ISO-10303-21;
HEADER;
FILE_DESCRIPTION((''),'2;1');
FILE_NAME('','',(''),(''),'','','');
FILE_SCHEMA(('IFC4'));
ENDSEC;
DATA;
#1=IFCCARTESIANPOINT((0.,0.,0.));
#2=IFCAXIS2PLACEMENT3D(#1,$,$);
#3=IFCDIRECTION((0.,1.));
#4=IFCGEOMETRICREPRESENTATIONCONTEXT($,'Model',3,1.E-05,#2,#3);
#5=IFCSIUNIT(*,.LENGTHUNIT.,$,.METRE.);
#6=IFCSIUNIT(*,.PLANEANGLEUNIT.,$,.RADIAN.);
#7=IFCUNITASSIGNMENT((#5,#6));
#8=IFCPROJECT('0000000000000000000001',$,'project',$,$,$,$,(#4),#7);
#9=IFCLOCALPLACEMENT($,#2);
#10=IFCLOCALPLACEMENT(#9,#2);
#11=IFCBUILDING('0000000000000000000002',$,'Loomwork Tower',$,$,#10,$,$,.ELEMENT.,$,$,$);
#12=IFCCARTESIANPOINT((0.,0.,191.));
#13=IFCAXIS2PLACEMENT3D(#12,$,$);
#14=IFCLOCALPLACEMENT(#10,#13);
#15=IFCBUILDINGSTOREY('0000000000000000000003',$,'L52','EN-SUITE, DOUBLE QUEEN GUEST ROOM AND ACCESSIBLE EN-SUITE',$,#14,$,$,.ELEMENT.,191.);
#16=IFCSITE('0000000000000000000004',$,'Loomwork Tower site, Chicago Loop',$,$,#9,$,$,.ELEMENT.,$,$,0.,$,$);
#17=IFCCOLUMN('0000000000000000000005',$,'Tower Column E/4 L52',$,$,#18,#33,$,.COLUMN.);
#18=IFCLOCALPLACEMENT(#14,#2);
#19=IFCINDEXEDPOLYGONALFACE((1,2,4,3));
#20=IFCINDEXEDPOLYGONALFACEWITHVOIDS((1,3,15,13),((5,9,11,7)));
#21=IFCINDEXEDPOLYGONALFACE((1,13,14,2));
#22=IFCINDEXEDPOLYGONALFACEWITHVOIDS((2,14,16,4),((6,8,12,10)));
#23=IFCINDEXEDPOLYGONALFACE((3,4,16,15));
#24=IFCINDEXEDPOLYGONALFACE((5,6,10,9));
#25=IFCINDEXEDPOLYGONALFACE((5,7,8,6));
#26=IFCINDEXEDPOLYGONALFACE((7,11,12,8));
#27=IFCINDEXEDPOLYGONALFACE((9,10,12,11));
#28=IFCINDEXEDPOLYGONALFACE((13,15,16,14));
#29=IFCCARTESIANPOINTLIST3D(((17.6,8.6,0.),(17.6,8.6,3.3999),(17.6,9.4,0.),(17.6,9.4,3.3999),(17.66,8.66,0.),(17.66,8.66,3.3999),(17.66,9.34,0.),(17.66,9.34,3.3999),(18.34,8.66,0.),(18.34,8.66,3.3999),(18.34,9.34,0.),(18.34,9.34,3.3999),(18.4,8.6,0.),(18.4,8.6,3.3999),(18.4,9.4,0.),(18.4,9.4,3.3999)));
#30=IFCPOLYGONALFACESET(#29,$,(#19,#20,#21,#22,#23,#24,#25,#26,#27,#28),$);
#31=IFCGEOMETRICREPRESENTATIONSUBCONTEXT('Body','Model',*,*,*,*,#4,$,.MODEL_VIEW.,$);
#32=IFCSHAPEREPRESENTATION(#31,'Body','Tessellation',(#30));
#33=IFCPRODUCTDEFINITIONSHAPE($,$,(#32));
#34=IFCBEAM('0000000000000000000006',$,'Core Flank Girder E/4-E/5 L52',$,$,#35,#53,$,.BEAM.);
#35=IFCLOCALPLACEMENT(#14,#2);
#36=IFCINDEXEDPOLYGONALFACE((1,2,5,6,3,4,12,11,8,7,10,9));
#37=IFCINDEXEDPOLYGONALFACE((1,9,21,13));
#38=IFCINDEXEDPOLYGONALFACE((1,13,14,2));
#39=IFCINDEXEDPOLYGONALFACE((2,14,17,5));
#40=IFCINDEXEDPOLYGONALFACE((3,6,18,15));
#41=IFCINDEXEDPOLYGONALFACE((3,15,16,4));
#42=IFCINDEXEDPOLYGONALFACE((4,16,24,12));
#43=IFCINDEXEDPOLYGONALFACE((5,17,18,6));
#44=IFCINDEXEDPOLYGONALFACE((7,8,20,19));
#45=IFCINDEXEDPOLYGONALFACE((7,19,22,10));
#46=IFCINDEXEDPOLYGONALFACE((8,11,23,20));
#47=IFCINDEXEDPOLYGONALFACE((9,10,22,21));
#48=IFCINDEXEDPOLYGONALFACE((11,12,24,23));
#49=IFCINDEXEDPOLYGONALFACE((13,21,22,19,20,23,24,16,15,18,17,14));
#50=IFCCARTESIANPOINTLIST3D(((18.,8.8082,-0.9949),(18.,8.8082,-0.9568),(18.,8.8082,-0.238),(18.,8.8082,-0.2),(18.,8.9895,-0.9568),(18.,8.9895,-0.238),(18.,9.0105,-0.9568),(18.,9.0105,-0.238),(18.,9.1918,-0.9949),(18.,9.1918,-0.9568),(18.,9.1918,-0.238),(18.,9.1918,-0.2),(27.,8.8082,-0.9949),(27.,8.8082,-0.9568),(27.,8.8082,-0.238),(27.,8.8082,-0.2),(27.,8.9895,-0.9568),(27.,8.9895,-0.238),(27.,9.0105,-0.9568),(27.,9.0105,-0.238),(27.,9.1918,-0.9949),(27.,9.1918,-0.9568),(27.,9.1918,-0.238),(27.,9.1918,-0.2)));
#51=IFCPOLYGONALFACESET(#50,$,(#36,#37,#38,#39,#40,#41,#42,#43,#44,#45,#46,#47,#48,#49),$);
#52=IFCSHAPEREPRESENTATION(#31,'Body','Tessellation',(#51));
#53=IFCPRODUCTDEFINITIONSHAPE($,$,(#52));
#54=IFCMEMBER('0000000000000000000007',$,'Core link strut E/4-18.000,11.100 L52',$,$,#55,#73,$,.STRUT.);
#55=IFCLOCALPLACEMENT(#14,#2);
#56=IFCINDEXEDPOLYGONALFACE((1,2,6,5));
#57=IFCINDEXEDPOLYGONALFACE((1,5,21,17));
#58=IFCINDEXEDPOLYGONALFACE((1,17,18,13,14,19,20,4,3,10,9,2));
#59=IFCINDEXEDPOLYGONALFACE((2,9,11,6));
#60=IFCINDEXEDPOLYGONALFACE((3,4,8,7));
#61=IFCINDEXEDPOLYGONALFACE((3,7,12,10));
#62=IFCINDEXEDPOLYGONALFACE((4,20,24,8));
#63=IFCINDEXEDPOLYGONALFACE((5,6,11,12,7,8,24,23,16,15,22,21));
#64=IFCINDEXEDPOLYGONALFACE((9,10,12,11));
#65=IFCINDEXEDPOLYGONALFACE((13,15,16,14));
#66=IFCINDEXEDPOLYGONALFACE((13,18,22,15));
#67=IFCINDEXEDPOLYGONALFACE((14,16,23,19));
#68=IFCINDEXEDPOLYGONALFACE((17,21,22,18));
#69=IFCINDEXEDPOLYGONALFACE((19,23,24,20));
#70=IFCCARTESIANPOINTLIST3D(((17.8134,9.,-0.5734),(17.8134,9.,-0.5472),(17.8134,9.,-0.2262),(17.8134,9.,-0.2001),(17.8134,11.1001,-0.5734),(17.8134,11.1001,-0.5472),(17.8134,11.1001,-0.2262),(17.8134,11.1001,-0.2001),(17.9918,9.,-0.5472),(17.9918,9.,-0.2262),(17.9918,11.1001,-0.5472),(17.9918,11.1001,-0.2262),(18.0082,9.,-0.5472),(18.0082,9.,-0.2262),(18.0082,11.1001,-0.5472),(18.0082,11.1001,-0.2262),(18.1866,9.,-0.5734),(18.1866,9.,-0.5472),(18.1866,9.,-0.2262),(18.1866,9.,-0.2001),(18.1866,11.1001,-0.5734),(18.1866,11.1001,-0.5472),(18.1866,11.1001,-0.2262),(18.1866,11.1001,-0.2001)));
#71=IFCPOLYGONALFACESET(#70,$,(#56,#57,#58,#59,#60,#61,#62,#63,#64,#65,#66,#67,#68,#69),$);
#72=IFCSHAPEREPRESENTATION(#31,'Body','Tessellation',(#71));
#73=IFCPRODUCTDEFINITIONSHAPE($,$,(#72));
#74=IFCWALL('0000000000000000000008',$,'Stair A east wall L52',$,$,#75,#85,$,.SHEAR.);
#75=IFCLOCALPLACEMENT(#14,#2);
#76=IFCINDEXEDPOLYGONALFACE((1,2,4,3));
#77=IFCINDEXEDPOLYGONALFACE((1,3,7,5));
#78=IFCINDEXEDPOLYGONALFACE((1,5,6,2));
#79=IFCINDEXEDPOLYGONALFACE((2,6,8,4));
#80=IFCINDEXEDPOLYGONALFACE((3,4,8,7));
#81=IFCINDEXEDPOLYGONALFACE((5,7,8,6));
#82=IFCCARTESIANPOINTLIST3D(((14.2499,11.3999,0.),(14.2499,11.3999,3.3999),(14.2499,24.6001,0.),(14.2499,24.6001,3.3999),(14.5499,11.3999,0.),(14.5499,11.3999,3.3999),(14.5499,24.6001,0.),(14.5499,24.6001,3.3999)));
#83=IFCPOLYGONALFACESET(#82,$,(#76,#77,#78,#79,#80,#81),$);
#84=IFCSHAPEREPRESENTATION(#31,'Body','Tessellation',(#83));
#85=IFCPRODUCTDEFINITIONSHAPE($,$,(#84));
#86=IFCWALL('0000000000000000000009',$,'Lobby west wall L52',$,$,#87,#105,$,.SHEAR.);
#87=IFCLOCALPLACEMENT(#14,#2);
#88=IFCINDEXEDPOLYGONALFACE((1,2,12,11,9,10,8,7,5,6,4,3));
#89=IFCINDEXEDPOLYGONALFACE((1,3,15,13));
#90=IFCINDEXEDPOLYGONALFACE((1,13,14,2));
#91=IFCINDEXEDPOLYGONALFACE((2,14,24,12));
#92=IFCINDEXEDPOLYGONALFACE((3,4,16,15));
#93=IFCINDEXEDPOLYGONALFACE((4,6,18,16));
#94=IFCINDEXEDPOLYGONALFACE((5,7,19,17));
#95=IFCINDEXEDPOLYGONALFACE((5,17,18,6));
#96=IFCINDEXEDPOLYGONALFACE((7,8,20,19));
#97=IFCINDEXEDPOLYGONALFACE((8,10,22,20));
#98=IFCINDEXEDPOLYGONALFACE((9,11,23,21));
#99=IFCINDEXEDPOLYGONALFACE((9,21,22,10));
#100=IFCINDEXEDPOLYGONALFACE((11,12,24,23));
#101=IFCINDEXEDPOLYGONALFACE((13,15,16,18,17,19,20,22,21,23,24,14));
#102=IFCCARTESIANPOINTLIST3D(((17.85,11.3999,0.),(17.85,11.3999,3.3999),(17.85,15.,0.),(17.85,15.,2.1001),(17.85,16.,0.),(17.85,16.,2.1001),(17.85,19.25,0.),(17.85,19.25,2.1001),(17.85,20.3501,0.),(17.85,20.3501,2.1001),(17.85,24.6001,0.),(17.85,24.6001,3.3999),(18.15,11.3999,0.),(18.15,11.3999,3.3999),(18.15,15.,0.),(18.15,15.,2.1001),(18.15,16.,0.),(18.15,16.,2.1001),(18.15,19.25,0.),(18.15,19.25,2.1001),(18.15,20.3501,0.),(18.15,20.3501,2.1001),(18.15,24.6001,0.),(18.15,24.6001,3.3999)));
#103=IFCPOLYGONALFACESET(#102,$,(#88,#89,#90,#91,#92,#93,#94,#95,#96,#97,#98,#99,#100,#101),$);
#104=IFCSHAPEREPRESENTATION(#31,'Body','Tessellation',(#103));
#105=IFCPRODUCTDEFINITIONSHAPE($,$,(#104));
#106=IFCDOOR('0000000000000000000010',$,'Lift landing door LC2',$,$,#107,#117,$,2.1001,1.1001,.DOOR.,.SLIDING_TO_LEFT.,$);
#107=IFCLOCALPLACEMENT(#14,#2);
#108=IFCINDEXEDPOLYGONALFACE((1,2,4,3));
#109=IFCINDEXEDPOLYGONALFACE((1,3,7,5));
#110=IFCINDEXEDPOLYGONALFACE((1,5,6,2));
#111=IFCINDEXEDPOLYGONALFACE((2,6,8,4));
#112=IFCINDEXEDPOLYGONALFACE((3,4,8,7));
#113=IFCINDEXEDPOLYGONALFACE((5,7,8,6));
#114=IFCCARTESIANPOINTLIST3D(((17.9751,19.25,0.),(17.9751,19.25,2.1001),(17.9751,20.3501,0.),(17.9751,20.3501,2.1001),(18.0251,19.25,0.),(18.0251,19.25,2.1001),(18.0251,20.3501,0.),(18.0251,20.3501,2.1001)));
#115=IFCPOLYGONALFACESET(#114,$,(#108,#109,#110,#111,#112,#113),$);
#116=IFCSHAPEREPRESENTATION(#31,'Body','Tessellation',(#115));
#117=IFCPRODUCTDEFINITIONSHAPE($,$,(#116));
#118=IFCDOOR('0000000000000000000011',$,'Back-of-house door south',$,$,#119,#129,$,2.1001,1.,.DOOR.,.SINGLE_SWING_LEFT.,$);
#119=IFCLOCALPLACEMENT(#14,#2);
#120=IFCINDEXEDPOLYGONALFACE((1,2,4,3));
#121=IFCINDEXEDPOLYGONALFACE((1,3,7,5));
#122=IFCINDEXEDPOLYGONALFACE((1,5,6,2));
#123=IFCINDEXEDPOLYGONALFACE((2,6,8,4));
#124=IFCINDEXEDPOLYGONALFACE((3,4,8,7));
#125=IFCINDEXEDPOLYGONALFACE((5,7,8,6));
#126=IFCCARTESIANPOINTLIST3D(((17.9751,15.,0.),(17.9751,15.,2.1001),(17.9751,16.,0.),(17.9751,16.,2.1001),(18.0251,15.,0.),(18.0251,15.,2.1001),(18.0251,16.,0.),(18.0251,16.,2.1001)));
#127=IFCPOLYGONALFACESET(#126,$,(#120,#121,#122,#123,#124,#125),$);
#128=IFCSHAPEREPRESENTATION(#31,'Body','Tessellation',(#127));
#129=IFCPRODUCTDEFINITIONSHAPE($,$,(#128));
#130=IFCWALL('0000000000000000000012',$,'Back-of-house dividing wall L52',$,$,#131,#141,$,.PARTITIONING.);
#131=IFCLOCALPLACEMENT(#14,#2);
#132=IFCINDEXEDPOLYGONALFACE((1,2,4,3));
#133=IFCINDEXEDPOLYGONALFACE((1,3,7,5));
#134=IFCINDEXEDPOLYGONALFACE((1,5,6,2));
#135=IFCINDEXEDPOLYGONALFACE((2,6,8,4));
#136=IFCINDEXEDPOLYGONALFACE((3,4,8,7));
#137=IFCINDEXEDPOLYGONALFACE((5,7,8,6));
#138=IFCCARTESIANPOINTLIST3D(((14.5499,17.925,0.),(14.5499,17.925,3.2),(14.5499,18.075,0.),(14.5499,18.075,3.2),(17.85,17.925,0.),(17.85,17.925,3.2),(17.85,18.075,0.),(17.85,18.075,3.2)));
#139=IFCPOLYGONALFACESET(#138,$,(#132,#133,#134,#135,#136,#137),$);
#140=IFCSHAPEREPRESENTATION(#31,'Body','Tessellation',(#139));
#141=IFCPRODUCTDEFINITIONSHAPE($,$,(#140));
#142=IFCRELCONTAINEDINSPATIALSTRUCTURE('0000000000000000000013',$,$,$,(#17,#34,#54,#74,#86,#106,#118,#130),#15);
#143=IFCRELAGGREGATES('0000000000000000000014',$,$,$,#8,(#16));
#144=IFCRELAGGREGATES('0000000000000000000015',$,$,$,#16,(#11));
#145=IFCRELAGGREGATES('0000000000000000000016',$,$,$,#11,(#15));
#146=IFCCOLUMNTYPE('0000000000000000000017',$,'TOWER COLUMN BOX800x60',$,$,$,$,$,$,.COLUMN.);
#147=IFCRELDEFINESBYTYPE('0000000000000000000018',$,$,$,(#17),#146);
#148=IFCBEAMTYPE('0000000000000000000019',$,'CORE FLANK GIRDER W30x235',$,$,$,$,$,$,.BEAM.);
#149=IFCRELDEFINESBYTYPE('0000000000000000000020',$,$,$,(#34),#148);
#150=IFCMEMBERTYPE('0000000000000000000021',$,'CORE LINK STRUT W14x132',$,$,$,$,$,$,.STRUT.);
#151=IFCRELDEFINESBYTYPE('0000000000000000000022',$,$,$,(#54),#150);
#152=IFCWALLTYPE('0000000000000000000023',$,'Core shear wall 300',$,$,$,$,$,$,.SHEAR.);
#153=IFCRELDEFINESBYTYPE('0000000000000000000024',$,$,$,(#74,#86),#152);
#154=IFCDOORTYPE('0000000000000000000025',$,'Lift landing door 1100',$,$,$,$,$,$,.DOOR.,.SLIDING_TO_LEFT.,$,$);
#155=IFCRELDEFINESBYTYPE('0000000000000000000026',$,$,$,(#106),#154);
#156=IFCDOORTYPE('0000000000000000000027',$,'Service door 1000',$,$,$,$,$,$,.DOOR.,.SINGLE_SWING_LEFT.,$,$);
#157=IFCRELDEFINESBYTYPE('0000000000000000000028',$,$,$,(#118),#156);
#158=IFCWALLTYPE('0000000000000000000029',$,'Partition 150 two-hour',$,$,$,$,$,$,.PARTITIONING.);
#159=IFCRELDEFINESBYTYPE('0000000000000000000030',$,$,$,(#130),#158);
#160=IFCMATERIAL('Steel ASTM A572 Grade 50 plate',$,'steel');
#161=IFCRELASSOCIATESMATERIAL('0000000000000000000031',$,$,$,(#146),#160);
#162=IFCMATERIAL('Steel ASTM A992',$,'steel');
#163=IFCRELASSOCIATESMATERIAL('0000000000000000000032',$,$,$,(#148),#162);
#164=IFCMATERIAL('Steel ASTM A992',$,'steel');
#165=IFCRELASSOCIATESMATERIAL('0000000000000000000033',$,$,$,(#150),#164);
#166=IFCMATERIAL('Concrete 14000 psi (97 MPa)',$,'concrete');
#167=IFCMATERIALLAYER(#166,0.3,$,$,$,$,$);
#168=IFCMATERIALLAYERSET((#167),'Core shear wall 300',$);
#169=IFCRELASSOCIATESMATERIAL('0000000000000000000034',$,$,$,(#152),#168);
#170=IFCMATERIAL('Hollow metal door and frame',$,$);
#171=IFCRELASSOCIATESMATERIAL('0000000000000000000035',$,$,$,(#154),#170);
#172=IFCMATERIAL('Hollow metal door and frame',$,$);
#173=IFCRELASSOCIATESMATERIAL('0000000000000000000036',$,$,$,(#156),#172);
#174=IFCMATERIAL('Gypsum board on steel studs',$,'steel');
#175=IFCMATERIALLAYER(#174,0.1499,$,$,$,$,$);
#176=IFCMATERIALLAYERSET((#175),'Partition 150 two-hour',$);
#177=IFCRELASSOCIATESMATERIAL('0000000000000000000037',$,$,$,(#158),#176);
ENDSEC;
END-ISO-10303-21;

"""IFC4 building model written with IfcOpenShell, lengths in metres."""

from ifc_helpers import new_model, si_unit, direction, frame, frame_2d, origin, origin_2d, place, context, subcontext, project, spatial, rectangle, hollow_rectangle, i_section, extrude, material, layer, layer_set, material_profile, profile_set, type_object, element, fill, save


model = new_model("IFC4")

# Units and contexts
model_context = context("Model", 3, precision=1e-05, world=origin(), true_north=direction((0.0, 1.0)))
body_context = subcontext(model_context, "Body", "Model", "MODEL_VIEW")
ifc_project = project(units=[si_unit("LENGTHUNIT", "METRE"), si_unit("PLANEANGLEUNIT", "RADIAN")], contexts=[model_context])

# Site, building, storey
site_placement = place(None, origin())
site = spatial("IfcSite", under=ifc_project, at=site_placement, Name="Loomwork Tower site, Chicago Loop", CompositionType="ELEMENT", RefElevation=0.0)
building_placement = place(site_placement, origin())
building = spatial("IfcBuilding", under=site, at=building_placement, Name="Loomwork Tower", CompositionType="ELEMENT")
storey_placement = place(building_placement, frame((0.0, 0.0, 191.0)))
storey = spatial("IfcBuildingStorey", under=building, at=storey_placement, Name="L52", Description="EN-SUITE, DOUBLE QUEEN GUEST ROOM AND ACCESSIBLE EN-SUITE", CompositionType="ELEMENT", Elevation=191.0)

# Column
ifc_material_1 = material(Name="Steel ASTM A572 Grade 50 plate", Category="steel")
ifc_material_profile_1 = material_profile(ifc_material_1, hollow_rectangle(XDim=0.8, YDim=0.8, WallThickness=0.0601, at=origin_2d()), Name="BOX800x60")
ifc_profile_set_1 = profile_set([ifc_material_profile_1], Name="Steel ASTM A572 Grade 50 plate")
column_type = type_object("IfcColumnType", Name="TOWER COLUMN BOX800x60", PredefinedType="COLUMN", material=ifc_profile_set_1)
column_placement = place(storey_placement, frame((18.0, 9.0, 0.0), z_axis=(0.0, 0.0, 1.0), x_axis=(1.0, 0.0, 0.0)))
element("IfcColumn", 1, at=column_placement, inside=storey, type_object=column_type, Name="Tower Column E/4 L52", PredefinedType="COLUMN", context=body_context, shape_type="SweptSolid", body=[
    extrude(hollow_rectangle(XDim=0.8, YDim=0.8, WallThickness=0.0601, at=origin_2d()), origin(), (0.0, 0.0, 1.0), 3.3999),
])

# Beam
ifc_material_2 = material(Name="Steel ASTM A992", Category="steel")
ifc_material_profile_2 = material_profile(ifc_material_2, i_section(OverallWidth=0.3835, OverallDepth=0.7949, WebThickness=0.021, FlangeThickness=0.0381, at=origin_2d()), Name="W30x235")
ifc_profile_set_2 = profile_set([ifc_material_profile_2], Name="Steel ASTM A992")
beam_type = type_object("IfcBeamType", Name="CORE FLANK GIRDER W30x235", PredefinedType="BEAM", material=ifc_profile_set_2)
beam_placement = place(storey_placement, frame((18.0, 9.0, -0.5974), z_axis=(1.0, 0.0, 0.0), x_axis=(0.0, 1.0, 0.0)))
element("IfcBeam", 2, at=beam_placement, inside=storey, type_object=beam_type, Name="Core Flank Girder E/4-E/5 L52", PredefinedType="BEAM", context=body_context, shape_type="SweptSolid", body=[
    extrude(i_section(OverallWidth=0.3835, OverallDepth=0.7949, WebThickness=0.021, FlangeThickness=0.0381, at=origin_2d()), origin(), (0.0, 0.0, 1.0), 9.0),
])

# Member
ifc_material_3 = material(Name="Steel ASTM A992", Category="steel")
ifc_material_profile_3 = material_profile(ifc_material_3, i_section(OverallWidth=0.3733, OverallDepth=0.3733, WebThickness=0.0164, FlangeThickness=0.0261, at=origin_2d()), Name="W14x132")
ifc_profile_set_3 = profile_set([ifc_material_profile_3], Name="Steel ASTM A992")
member_type = type_object("IfcMemberType", Name="CORE LINK STRUT W14x132", PredefinedType="STRUT", material=ifc_profile_set_3)
member_placement = place(storey_placement, frame((18.0, 9.0, -0.3867), z_axis=(0.0, 1.0, 0.0), x_axis=(-1.0, 0.0, 0.0)))
element("IfcMember", 3, at=member_placement, inside=storey, type_object=member_type, Name="Core link strut E/4-18.000,11.100 L52", PredefinedType="STRUT", context=body_context, shape_type="SweptSolid", body=[
    extrude(i_section(OverallWidth=0.3733, OverallDepth=0.3733, WebThickness=0.0164, FlangeThickness=0.0261, at=origin_2d()), origin(), (0.0, 0.0, 1.0), 2.1001),
])

# Wall
ifc_material_4 = material(Name="Concrete 14000 psi (97 MPa)", Category="concrete")
ifc_layer_1 = layer(ifc_material_4, 0.3)
ifc_layer_set_1 = layer_set([ifc_layer_1], Name="Core shear wall 300")
wall_type_1 = type_object("IfcWallType", Name="Core shear wall 300", PredefinedType="SHEAR", material=ifc_layer_set_1)
wall_1_placement = place(storey_placement, frame((14.3999, 11.3999, 0.0), z_axis=(0.0, 0.0, 1.0), x_axis=(0.0, 1.0, 0.0)))
element("IfcWall", 4, at=wall_1_placement, inside=storey, type_object=wall_type_1, Name="Stair A east wall L52", PredefinedType="SHEAR", context=body_context, shape_type="SweptSolid", body=[
    extrude(rectangle(XDim=13.2002, YDim=0.3, at=frame_2d((6.6001, 0.0))), origin(), (0.0, 0.0, 1.0), 3.3999),
])

# Wall, openings, doors
wall_2_placement = place(storey_placement, frame((18.0, 11.3999, 0.0), z_axis=(0.0, 0.0, 1.0), x_axis=(0.0, 1.0, 0.0)))
wall_2 = element("IfcWall", 5, at=wall_2_placement, inside=storey, type_object=wall_type_1, Name="Lobby west wall L52", PredefinedType="SHEAR", context=body_context, shape_type="SweptSolid", body=[
    extrude(rectangle(XDim=13.2002, YDim=0.3, at=frame_2d((6.6001, 0.0))), origin(), (0.0, 0.0, 1.0), 3.3999),
])
opening_1_placement = place(wall_2_placement, frame((3.6001, 0.0, 0.0)))
opening_1 = element("IfcOpeningElement", 6, at=opening_1_placement, cuts=wall_2, PredefinedType="OPENING", context=body_context, shape_type="SweptSolid", body=[
    extrude(rectangle(XDim=1.0, YDim=2.1001, at=frame_2d((0.5, 1.05))), frame((0.0, 0.1599, 0.0), z_axis=(0.0, -1.0, 0.0), x_axis=(1.0, 0.0, 0.0)), (0.0, 0.0, 1.0), 0.3201),
])
opening_2_placement = place(wall_2_placement, frame((7.8501, 0.0, 0.0)))
opening_2 = element("IfcOpeningElement", 7, at=opening_2_placement, cuts=wall_2, PredefinedType="OPENING", context=body_context, shape_type="SweptSolid", body=[
    extrude(rectangle(XDim=1.1001, YDim=2.1001, at=frame_2d((0.55, 1.05))), frame((0.0, 0.1599, 0.0), z_axis=(0.0, -1.0, 0.0), x_axis=(1.0, 0.0, 0.0)), (0.0, 0.0, 1.0), 0.3201),
])
ifc_material_5 = material(Name="Hollow metal door and frame")
door_type_1 = type_object("IfcDoorType", Name="Lift landing door 1100", OperationType="SLIDING_TO_LEFT", PredefinedType="DOOR", material=ifc_material_5)
door_1_placement = place(opening_2_placement, origin())
door_1 = element("IfcDoor", 8, at=door_1_placement, inside=storey, type_object=door_type_1, Name="Lift landing door LC2", OperationType="SLIDING_TO_LEFT", OverallHeight=2.1001, OverallWidth=1.1001, PredefinedType="DOOR", context=body_context, shape_type="SweptSolid", body=[
    extrude(rectangle(XDim=1.1001, YDim=2.1001, at=frame_2d((0.55, 1.05))), frame((0.0, 0.0249, 0.0), z_axis=(0.0, -1.0, 0.0), x_axis=(1.0, 0.0, 0.0)), (0.0, 0.0, 1.0), 0.05),
])
fill(opening_2, door_1)
ifc_material_6 = material(Name="Hollow metal door and frame")
door_type_2 = type_object("IfcDoorType", Name="Service door 1000", OperationType="SINGLE_SWING_LEFT", PredefinedType="DOOR", material=ifc_material_6)
door_2_placement = place(opening_1_placement, origin())
door_2 = element("IfcDoor", 9, at=door_2_placement, inside=storey, type_object=door_type_2, Name="Back-of-house door south", OperationType="SINGLE_SWING_LEFT", OverallHeight=2.1001, OverallWidth=1.0, PredefinedType="DOOR", context=body_context, shape_type="SweptSolid", body=[
    extrude(rectangle(XDim=1.0, YDim=2.1001, at=frame_2d((0.5, 1.05))), frame((0.0, 0.0249, 0.0), z_axis=(0.0, -1.0, 0.0), x_axis=(1.0, 0.0, 0.0)), (0.0, 0.0, 1.0), 0.05),
])
fill(opening_1, door_2)

# Wall
ifc_material_7 = material(Name="Gypsum board on steel studs", Category="steel")
ifc_layer_2 = layer(ifc_material_7, 0.1499)
ifc_layer_set_2 = layer_set([ifc_layer_2], Name="Partition 150 two-hour")
wall_type_2 = type_object("IfcWallType", Name="Partition 150 two-hour", PredefinedType="PARTITIONING", material=ifc_layer_set_2)
wall_3_placement = place(storey_placement, frame((14.55, 18.0, 0.0), z_axis=(0.0, 0.0, 1.0), x_axis=(1.0, 0.0, 0.0)))
element("IfcWall", 10, at=wall_3_placement, inside=storey, type_object=wall_type_2, Name="Back-of-house dividing wall L52", PredefinedType="PARTITIONING", context=body_context, shape_type="SweptSolid", body=[
    extrude(rectangle(XDim=3.3, YDim=0.1499, at=frame_2d((1.6499, 0.0))), origin(), (0.0, 0.0, 1.0), 3.2),
])

save(model, "model.ifc")
